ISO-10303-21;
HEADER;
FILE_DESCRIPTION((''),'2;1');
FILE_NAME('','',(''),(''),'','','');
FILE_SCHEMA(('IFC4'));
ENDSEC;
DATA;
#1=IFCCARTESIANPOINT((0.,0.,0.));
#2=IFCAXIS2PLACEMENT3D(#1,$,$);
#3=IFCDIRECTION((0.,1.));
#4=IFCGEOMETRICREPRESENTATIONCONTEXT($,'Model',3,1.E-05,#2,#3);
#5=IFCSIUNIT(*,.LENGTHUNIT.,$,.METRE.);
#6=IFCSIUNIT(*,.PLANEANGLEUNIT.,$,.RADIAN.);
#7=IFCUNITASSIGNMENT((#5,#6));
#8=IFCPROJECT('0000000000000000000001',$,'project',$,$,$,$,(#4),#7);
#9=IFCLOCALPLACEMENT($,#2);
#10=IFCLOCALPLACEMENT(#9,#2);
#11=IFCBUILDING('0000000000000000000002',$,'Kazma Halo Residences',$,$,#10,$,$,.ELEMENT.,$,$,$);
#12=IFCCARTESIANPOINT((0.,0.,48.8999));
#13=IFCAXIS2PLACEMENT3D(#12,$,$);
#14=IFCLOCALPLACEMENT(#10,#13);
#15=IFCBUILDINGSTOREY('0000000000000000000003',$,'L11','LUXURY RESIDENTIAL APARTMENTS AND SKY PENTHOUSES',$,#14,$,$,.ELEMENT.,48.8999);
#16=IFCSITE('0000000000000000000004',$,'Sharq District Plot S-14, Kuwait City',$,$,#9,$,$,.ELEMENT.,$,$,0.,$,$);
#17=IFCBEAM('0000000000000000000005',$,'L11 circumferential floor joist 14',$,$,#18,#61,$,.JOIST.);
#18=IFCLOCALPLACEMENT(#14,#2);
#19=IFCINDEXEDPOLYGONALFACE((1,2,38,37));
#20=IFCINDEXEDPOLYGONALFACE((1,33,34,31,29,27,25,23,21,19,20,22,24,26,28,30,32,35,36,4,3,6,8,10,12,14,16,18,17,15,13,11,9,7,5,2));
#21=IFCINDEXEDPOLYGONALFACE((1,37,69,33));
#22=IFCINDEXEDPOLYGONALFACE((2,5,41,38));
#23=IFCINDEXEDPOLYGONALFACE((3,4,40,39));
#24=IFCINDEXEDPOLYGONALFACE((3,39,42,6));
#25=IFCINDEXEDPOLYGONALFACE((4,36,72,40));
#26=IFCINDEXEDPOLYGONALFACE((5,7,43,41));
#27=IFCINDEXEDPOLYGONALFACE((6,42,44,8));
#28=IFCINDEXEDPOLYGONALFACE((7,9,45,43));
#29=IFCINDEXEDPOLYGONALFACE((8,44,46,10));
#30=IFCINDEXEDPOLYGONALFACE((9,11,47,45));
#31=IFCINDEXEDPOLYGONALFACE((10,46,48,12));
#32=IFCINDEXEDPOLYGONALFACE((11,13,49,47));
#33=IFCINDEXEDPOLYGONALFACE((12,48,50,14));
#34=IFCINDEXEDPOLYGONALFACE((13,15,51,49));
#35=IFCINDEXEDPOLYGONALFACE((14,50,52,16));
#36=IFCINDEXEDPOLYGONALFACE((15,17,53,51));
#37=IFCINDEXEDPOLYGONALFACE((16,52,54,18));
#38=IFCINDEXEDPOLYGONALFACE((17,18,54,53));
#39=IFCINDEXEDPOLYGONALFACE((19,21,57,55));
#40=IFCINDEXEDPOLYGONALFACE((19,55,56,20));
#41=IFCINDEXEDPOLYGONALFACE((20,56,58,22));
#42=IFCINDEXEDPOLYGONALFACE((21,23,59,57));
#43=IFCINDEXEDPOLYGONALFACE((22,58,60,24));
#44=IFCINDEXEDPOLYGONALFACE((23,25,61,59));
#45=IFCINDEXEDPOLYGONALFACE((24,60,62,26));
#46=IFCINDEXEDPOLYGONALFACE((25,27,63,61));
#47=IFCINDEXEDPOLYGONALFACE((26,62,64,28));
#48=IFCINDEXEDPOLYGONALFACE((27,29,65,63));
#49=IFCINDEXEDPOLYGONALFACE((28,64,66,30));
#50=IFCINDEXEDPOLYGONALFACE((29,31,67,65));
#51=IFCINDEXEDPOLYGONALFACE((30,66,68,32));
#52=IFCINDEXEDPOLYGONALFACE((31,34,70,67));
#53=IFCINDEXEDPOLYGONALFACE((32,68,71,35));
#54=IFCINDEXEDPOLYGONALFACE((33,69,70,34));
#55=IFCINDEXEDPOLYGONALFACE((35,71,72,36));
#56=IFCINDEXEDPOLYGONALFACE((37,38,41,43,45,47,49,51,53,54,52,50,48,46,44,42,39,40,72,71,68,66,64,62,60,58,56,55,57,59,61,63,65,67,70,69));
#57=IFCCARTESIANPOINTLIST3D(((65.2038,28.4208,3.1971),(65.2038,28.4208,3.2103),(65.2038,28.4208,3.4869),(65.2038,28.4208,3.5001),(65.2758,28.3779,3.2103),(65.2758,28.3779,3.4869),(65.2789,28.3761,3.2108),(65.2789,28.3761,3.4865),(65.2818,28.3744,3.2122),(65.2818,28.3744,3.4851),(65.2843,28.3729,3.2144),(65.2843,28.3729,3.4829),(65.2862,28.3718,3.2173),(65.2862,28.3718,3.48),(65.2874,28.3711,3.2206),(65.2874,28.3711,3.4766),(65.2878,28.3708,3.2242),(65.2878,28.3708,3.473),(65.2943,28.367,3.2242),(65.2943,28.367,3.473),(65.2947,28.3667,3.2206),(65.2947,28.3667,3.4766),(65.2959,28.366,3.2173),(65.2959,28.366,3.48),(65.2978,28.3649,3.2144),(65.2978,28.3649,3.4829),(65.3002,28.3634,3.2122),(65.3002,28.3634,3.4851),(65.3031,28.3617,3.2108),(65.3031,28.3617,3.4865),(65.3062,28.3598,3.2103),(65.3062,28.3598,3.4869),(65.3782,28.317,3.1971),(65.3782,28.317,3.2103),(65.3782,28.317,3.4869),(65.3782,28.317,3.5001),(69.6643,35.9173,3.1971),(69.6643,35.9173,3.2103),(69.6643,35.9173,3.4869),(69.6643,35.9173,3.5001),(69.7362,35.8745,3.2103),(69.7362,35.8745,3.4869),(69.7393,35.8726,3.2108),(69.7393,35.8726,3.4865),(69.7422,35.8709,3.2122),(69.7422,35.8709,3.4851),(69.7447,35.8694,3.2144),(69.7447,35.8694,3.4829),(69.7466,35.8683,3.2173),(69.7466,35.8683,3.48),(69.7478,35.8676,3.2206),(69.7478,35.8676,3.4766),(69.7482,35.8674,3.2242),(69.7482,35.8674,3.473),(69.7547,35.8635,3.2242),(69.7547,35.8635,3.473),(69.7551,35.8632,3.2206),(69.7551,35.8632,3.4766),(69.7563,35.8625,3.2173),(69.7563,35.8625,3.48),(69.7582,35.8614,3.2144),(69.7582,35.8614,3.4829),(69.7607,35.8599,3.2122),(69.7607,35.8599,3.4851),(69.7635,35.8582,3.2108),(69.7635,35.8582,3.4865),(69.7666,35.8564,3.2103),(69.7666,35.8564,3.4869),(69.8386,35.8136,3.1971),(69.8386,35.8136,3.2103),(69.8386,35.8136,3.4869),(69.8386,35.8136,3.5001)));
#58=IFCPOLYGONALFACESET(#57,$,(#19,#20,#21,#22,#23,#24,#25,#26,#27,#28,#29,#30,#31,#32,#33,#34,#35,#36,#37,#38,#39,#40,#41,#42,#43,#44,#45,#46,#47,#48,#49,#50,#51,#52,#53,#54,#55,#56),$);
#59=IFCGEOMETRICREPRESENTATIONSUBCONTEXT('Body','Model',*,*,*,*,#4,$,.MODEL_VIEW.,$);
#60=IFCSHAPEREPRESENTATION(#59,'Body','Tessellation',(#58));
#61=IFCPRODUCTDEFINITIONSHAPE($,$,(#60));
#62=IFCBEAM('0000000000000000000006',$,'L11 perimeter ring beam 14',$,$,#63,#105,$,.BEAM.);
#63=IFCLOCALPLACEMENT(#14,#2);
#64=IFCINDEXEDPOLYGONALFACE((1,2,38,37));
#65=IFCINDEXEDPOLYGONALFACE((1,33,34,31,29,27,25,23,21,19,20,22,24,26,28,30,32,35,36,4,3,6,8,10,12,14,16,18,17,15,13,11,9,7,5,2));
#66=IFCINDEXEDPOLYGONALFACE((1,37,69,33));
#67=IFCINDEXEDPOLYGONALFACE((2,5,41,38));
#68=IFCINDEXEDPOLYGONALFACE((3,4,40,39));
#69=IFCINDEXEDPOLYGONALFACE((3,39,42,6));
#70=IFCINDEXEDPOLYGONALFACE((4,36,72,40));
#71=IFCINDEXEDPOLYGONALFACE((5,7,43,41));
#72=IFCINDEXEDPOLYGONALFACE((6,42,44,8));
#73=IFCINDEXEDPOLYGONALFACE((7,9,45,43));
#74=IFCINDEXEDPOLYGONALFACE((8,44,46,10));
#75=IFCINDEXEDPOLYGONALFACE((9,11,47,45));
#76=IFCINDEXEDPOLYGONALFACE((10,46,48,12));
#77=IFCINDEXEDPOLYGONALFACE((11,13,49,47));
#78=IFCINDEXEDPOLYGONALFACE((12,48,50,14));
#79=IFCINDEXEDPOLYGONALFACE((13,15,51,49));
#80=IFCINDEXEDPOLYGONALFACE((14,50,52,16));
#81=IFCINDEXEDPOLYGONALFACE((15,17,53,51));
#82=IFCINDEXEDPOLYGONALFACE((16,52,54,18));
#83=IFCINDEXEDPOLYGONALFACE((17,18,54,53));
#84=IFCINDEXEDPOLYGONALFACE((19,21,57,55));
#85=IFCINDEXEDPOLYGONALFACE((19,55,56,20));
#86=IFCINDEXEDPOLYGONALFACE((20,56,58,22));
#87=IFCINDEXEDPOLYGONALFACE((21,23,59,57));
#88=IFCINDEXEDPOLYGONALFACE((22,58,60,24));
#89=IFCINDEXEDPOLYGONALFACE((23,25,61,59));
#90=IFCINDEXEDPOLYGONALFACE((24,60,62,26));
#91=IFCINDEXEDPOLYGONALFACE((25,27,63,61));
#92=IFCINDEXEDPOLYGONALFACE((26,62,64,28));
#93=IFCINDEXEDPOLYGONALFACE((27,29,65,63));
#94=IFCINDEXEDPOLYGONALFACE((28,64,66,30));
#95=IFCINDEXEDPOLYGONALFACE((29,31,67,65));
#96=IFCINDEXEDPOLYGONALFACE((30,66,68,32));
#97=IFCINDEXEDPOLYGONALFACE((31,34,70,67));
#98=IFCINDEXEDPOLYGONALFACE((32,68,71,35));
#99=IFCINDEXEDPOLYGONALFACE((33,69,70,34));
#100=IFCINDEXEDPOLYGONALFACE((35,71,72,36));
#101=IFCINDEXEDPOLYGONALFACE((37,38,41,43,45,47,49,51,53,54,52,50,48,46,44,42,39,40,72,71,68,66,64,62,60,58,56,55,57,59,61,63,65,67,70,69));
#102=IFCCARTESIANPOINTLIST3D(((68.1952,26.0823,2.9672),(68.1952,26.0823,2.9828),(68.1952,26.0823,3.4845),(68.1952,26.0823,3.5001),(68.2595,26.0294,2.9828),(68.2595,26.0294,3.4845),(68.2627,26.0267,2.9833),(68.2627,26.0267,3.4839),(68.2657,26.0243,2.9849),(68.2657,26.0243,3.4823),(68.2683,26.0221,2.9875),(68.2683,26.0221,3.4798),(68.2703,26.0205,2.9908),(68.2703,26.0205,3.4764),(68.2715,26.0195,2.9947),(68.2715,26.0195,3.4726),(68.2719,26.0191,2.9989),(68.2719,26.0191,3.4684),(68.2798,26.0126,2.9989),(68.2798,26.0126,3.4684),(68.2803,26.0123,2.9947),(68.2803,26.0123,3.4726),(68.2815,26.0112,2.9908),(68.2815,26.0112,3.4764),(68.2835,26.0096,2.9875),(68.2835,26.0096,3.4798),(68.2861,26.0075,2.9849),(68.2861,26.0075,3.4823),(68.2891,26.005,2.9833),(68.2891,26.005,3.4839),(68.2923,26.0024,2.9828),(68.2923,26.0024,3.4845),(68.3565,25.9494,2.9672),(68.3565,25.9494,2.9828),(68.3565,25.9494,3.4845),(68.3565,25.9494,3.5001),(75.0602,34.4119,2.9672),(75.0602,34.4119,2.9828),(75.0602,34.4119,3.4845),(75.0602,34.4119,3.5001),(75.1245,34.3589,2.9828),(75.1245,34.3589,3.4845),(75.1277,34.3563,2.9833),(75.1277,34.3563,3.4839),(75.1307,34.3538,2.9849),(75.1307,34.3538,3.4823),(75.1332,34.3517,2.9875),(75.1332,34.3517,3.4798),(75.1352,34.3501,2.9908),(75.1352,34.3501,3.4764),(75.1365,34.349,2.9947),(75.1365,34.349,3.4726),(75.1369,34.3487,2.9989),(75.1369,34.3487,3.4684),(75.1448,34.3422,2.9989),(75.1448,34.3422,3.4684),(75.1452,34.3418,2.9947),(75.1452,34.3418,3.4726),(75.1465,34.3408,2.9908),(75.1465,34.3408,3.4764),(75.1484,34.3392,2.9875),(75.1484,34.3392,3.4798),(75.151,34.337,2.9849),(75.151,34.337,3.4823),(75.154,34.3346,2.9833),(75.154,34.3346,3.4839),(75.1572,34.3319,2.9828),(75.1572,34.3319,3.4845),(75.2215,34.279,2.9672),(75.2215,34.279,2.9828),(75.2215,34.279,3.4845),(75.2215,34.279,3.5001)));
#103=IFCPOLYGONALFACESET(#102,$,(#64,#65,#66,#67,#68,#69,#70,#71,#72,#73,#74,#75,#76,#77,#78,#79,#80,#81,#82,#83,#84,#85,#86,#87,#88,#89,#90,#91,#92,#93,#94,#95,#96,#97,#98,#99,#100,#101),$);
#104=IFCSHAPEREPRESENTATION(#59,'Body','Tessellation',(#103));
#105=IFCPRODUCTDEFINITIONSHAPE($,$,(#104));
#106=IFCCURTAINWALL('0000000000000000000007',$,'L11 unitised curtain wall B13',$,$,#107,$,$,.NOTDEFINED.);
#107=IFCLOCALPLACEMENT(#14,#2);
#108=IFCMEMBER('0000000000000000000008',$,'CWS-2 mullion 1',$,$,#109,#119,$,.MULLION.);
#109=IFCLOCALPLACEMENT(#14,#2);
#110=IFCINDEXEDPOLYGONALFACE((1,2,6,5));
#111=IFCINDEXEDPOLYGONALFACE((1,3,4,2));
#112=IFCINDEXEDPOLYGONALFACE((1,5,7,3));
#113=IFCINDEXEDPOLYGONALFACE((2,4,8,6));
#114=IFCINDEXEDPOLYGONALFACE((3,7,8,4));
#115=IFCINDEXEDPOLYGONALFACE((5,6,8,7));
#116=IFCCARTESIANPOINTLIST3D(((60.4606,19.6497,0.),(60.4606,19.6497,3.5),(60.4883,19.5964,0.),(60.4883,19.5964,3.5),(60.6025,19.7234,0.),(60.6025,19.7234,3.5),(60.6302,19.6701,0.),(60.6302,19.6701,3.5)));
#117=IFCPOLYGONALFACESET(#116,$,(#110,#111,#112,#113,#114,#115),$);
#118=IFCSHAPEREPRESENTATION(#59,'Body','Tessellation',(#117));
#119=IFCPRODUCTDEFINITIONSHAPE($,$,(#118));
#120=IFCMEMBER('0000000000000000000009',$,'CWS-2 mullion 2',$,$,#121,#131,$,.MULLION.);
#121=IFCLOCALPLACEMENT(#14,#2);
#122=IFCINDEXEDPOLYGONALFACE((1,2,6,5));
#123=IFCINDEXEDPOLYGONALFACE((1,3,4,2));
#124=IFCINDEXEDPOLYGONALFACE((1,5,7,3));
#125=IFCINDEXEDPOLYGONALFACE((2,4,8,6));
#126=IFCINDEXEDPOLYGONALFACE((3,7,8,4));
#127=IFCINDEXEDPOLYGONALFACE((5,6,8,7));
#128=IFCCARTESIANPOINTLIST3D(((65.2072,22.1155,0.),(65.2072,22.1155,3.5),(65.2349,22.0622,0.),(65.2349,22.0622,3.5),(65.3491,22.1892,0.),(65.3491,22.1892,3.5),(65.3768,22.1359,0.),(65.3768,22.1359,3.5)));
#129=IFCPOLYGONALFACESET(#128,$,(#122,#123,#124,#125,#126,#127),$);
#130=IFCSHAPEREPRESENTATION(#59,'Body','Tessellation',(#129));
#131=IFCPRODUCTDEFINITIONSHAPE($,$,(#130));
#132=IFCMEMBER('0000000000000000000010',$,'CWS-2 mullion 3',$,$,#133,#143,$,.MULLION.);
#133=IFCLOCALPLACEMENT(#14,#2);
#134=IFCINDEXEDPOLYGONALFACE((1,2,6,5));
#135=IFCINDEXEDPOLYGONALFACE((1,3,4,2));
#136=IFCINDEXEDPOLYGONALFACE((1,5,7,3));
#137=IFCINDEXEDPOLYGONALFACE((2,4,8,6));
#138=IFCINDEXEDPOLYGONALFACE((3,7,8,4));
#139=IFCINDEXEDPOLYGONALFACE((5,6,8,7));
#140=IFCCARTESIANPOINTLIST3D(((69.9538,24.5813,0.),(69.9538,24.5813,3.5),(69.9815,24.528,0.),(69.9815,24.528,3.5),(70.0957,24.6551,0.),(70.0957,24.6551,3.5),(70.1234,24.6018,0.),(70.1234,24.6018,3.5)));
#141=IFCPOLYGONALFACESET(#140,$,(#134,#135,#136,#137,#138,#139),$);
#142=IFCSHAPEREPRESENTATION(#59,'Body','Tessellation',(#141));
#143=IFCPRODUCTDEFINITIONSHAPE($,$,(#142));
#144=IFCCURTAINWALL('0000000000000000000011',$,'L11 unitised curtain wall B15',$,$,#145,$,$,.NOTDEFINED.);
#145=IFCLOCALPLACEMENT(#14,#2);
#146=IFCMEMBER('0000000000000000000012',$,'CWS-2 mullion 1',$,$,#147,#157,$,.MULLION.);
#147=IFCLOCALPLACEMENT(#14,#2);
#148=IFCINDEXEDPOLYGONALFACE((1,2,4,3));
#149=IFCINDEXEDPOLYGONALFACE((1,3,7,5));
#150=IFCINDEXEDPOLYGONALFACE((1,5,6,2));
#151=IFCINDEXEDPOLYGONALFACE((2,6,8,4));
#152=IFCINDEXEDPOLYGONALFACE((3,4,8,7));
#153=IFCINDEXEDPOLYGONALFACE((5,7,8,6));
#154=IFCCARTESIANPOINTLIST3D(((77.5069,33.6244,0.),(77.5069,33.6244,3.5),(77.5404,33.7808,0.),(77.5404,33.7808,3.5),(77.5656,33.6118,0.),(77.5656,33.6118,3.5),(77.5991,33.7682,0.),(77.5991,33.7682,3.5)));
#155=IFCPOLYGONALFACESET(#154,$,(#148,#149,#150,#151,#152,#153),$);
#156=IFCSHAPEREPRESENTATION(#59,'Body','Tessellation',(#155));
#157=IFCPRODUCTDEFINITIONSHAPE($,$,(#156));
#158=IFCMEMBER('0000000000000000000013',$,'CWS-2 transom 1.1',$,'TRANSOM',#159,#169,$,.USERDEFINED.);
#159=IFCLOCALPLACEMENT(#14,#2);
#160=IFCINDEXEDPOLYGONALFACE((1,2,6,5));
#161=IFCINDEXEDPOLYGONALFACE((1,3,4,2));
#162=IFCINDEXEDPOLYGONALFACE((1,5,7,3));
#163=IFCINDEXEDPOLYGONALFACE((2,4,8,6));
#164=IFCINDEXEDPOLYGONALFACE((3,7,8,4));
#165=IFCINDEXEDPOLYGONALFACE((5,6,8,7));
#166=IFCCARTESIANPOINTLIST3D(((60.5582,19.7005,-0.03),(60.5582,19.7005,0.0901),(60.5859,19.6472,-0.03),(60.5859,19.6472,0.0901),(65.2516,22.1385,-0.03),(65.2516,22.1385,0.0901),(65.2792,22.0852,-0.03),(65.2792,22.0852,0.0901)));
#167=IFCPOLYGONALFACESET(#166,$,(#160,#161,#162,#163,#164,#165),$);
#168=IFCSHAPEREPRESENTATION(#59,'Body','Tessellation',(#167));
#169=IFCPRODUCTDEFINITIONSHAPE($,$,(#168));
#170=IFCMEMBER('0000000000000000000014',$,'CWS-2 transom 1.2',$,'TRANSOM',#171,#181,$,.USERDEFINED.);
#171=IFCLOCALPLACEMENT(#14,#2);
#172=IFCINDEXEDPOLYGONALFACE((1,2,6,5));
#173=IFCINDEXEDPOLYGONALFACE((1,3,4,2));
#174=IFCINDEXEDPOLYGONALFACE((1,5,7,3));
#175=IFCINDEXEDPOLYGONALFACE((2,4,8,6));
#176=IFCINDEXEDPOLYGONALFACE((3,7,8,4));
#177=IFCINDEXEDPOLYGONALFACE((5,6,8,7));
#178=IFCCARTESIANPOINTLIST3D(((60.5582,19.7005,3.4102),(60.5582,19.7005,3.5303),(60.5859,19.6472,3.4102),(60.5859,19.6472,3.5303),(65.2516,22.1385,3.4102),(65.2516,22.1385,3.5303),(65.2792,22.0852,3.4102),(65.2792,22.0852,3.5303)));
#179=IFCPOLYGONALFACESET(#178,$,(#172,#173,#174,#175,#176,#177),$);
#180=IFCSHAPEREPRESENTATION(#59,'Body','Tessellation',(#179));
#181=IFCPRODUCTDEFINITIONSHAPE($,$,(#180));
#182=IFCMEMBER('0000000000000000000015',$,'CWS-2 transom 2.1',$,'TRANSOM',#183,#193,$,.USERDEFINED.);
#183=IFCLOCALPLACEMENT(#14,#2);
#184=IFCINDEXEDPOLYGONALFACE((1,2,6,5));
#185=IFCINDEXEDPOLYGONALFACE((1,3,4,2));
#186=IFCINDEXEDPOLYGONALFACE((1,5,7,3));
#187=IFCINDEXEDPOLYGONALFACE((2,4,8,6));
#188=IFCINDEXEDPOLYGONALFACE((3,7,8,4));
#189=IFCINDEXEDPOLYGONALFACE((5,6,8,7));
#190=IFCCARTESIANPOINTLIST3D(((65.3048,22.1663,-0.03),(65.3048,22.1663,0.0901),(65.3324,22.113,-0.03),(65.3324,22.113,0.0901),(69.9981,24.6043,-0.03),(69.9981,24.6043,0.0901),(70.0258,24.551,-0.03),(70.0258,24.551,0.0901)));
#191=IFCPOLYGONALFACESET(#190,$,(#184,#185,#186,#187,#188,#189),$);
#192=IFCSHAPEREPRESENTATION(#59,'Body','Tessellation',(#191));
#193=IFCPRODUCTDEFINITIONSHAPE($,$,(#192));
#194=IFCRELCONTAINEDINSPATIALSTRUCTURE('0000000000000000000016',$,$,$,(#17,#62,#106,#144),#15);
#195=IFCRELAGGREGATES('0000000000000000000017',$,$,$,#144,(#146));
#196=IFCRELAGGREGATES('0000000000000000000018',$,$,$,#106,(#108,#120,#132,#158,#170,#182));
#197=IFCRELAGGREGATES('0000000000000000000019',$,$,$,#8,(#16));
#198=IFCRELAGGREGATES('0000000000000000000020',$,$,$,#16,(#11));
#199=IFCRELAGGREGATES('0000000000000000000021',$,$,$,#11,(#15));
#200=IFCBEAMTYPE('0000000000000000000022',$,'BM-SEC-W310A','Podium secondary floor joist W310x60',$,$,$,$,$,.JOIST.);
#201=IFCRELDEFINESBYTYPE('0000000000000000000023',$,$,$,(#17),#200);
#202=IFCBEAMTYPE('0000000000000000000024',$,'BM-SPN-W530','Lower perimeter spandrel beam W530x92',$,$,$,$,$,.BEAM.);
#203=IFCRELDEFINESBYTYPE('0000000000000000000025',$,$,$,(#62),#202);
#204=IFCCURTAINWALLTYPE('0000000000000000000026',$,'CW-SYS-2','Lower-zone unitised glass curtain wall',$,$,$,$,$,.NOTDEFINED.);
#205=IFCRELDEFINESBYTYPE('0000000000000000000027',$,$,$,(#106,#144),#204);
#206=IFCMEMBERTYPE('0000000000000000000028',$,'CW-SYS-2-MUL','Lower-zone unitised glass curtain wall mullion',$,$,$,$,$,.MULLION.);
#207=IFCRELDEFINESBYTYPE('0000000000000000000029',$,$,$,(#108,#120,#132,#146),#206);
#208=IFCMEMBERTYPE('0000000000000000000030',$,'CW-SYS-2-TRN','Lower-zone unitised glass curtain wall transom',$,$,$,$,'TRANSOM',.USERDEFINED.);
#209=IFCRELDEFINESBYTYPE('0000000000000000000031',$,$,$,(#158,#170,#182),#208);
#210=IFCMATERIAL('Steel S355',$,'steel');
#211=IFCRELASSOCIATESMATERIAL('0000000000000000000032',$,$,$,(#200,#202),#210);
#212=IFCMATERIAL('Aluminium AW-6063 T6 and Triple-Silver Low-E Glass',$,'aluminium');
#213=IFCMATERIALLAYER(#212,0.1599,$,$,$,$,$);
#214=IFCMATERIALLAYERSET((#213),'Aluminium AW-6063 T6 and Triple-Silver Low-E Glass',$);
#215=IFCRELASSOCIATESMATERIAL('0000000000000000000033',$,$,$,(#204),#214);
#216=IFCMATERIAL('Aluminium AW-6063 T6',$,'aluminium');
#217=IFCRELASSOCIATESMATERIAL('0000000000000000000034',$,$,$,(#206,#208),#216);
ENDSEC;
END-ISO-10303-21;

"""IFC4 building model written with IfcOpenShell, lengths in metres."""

from ifc_helpers import new_model, si_unit, direction, frame, origin, origin_2d, place, context, subcontext, project, spatial, rectangle, i_section, extrude, material, layer, layer_set, material_profile, profile_set, type_object, element, aggregate, save


model = new_model("IFC4")

# Units and contexts
model_context = context("Model", 3, precision=1e-05, world=origin(), true_north=direction((0.0, 1.0)))
body_context = subcontext(model_context, "Body", "Model", "MODEL_VIEW")
ifc_project = project(units=[si_unit("LENGTHUNIT", "METRE"), si_unit("PLANEANGLEUNIT", "RADIAN")], contexts=[model_context])

# Site, building, storey
site_placement = place(None, origin())
site = spatial("IfcSite", under=ifc_project, at=site_placement, Name="Sharq District Plot S-14, Kuwait City", CompositionType="ELEMENT", RefElevation=0.0)
building_placement = place(site_placement, origin())
building = spatial("IfcBuilding", under=site, at=building_placement, Name="Kazma Halo Residences", CompositionType="ELEMENT")
storey_placement = place(building_placement, frame((0.0, 0.0, 48.8999)))
storey = spatial("IfcBuildingStorey", under=building, at=storey_placement, Name="L11", Description="LUXURY RESIDENTIAL APARTMENTS AND SKY PENTHOUSES", CompositionType="ELEMENT", Elevation=48.8999)

# Beams
ifc_material_1 = material(Name="Steel S355", Category="steel")
ifc_material_profile_1 = material_profile(ifc_material_1, i_section(OverallWidth=0.2029, OverallDepth=0.303, WebThickness=0.0076, FlangeThickness=0.0132, FilletRadius=0.0139, at=origin_2d()), Name="W310x60")
ifc_profile_set_1 = profile_set([ifc_material_profile_1], Name="Steel S355")
beam_type_1 = type_object("IfcBeamType", Name="BM-SEC-W310A", Description="Podium secondary floor joist W310x60", PredefinedType="JOIST", material=ifc_profile_set_1)
beam_1_placement = place(storey_placement, frame((65.291, 28.3689, 3.3486), z_axis=(0.511331, 0.859384, 0.0), x_axis=(-0.859384, 0.511331, 0.0)))
element("IfcBeam", 1, at=beam_1_placement, inside=storey, type_object=beam_type_1, Name="L11 circumferential floor joist 14", PredefinedType="JOIST", context=body_context, shape_type="SweptSolid", body=[
    extrude(i_section(OverallWidth=0.2029, OverallDepth=0.303, WebThickness=0.0076, FlangeThickness=0.0132, FilletRadius=0.0139, at=origin_2d()), origin(), (0.0, 0.0, 1.0), 8.7231),
])
ifc_material_profile_2 = material_profile(ifc_material_1, i_section(OverallWidth=0.209, OverallDepth=0.533, WebThickness=0.0103, FlangeThickness=0.0156, FilletRadius=0.0161, at=origin_2d()), Name="W530x92")
ifc_profile_set_2 = profile_set([ifc_material_profile_2], Name="Steel S355")
beam_type_2 = type_object("IfcBeamType", Name="BM-SPN-W530", Description="Lower perimeter spandrel beam W530x92", PredefinedType="BEAM", material=ifc_profile_set_2)
beam_2_placement = place(storey_placement, frame((68.2759, 26.0159, 3.2336), z_axis=(0.636001, 0.771688, 0.0), x_axis=(-0.771688, 0.636001, 0.0)))
element("IfcBeam", 2, at=beam_2_placement, inside=storey, type_object=beam_type_2, Name="L11 perimeter ring beam 14", PredefinedType="BEAM", context=body_context, shape_type="SweptSolid", body=[
    extrude(i_section(OverallWidth=0.209, OverallDepth=0.533, WebThickness=0.0103, FlangeThickness=0.0156, FilletRadius=0.0161, at=origin_2d()), origin(), (0.0, 0.0, 1.0), 10.7939),
])

# Curtain wall, members
ifc_material_2 = material(Name="Aluminium AW-6063 T6 and Triple-Silver Low-E Glass", Category="aluminium")
ifc_layer_1 = layer(ifc_material_2, 0.1599)
ifc_layer_set_1 = layer_set([ifc_layer_1], Name="Aluminium AW-6063 T6 and Triple-Silver Low-E Glass")
curtain_wall_type = type_object("IfcCurtainWallType", Name="CW-SYS-2", Description="Lower-zone unitised glass curtain wall", PredefinedType="NOTDEFINED", material=ifc_layer_set_1)
curtain_wall_1_placement = place(storey_placement, origin())
curtain_wall_1 = element("IfcCurtainWall", 3, at=curtain_wall_1_placement, inside=storey, type_object=curtain_wall_type, Name="L11 unitised curtain wall B13", PredefinedType="NOTDEFINED")
ifc_material_3 = material(Name="Aluminium AW-6063 T6", Category="aluminium")
ifc_material_profile_3 = material_profile(ifc_material_3, rectangle(XDim=0.0601, YDim=0.1599, at=origin_2d()), Name="CWM-60x160")
ifc_profile_set_3 = profile_set([ifc_material_profile_3], Name="Aluminium AW-6063 T6")
member_type_1 = type_object("IfcMemberType", Name="CW-SYS-2-MUL", Description="Lower-zone unitised glass curtain wall mullion", PredefinedType="MULLION", material=ifc_profile_set_3)
member_1_placement = place(storey_placement, frame((60.5454, 19.6599, 0.0), z_axis=(0.0, 0.0, 1.0), x_axis=(-0.460996, 0.887402, 0.0)))
member_1 = element("IfcMember", 4, at=member_1_placement, type_object=member_type_1, Name="CWS-2 mullion 1", PredefinedType="MULLION", context=body_context, shape_type="SweptSolid", body=[
    extrude(rectangle(XDim=0.0601, YDim=0.1599, at=origin_2d()), origin(), (0.0, 0.0, 1.0), 3.5),
])
member_2_placement = place(storey_placement, frame((65.292, 22.1257, 0.0), z_axis=(0.0, 0.0, 1.0), x_axis=(-0.460996, 0.887402, 0.0)))
member_2 = element("IfcMember", 5, at=member_2_placement, type_object=member_type_1, Name="CWS-2 mullion 2", PredefinedType="MULLION", context=body_context, shape_type="SweptSolid", body=[
    extrude(rectangle(XDim=0.0601, YDim=0.1599, at=origin_2d()), origin(), (0.0, 0.0, 1.0), 3.5),
])
member_3_placement = place(storey_placement, frame((70.0386, 24.5916, 0.0), z_axis=(0.0, 0.0, 1.0), x_axis=(-0.460996, 0.887402, 0.0)))
member_3 = element("IfcMember", 6, at=member_3_placement, type_object=member_type_1, Name="CWS-2 mullion 3", PredefinedType="MULLION", context=body_context, shape_type="SweptSolid", body=[
    extrude(rectangle(XDim=0.0601, YDim=0.1599, at=origin_2d()), origin(), (0.0, 0.0, 1.0), 3.5),
])

# Curtain wall, member
curtain_wall_2_placement = place(storey_placement, origin())
curtain_wall_2 = element("IfcCurtainWall", 7, at=curtain_wall_2_placement, inside=storey, type_object=curtain_wall_type, Name="L11 unitised curtain wall B15", PredefinedType="NOTDEFINED")
member_4_placement = place(storey_placement, frame((77.553, 33.6963, 0.0), z_axis=(0.0, 0.0, 1.0), x_axis=(-0.977779, 0.209637, 0.0)))
member_4 = element("IfcMember", 8, at=member_4_placement, type_object=member_type_1, Name="CWS-2 mullion 1", PredefinedType="MULLION", context=body_context, shape_type="SweptSolid", body=[
    extrude(rectangle(XDim=0.0601, YDim=0.1599, at=origin_2d()), origin(), (0.0, 0.0, 1.0), 3.5),
])

# Members
ifc_material_profile_4 = material_profile(ifc_material_3, rectangle(XDim=0.0601, YDim=0.1201, at=origin_2d()), Name="CWT-60x120")
ifc_profile_set_4 = profile_set([ifc_material_profile_4], Name="Aluminium AW-6063 T6")
member_type_2 = type_object("IfcMemberType", Name="CW-SYS-2-TRN", Description="Lower-zone unitised glass curtain wall transom", ElementType="TRANSOM", PredefinedType="USERDEFINED", material=ifc_profile_set_4)
member_5_placement = place(storey_placement, frame((60.572, 19.6738, 0.03), z_axis=(0.887415, 0.460972, 0.0), x_axis=(-0.460972, 0.887415, 0.0)))
member_5 = element("IfcMember", 9, at=member_5_placement, type_object=member_type_2, Name="CWS-2 transom 1.1", ObjectType="TRANSOM", PredefinedType="USERDEFINED", context=body_context, shape_type="SweptSolid", body=[
    extrude(rectangle(XDim=0.0601, YDim=0.1201, at=origin_2d()), origin(), (0.0, 0.0, 1.0), 5.2888),
])
member_6_placement = place(storey_placement, frame((60.572, 19.6738, 3.4702), z_axis=(0.887415, 0.460972, 0.0), x_axis=(-0.460972, 0.887415, 0.0)))
member_6 = element("IfcMember", 10, at=member_6_placement, type_object=member_type_2, Name="CWS-2 transom 1.2", ObjectType="TRANSOM", PredefinedType="USERDEFINED", context=body_context, shape_type="SweptSolid", body=[
    extrude(rectangle(XDim=0.0601, YDim=0.1201, at=origin_2d()), origin(), (0.0, 0.0, 1.0), 5.2888),
])
member_7_placement = place(storey_placement, frame((65.3186, 22.1396, 0.03), z_axis=(0.887415, 0.460972, 0.0), x_axis=(-0.460972, 0.887415, 0.0)))
member_7 = element("IfcMember", 11, at=member_7_placement, type_object=member_type_2, Name="CWS-2 transom 2.1", ObjectType="TRANSOM", PredefinedType="USERDEFINED", context=body_context, shape_type="SweptSolid", body=[
    extrude(rectangle(XDim=0.0601, YDim=0.1201, at=origin_2d()), origin(), (0.0, 0.0, 1.0), 5.2888),
])
aggregate(curtain_wall_2, [member_4])

aggregate(curtain_wall_1, [member_1, member_2, member_3, member_5, member_6, member_7])

save(model, "model.ifc")
